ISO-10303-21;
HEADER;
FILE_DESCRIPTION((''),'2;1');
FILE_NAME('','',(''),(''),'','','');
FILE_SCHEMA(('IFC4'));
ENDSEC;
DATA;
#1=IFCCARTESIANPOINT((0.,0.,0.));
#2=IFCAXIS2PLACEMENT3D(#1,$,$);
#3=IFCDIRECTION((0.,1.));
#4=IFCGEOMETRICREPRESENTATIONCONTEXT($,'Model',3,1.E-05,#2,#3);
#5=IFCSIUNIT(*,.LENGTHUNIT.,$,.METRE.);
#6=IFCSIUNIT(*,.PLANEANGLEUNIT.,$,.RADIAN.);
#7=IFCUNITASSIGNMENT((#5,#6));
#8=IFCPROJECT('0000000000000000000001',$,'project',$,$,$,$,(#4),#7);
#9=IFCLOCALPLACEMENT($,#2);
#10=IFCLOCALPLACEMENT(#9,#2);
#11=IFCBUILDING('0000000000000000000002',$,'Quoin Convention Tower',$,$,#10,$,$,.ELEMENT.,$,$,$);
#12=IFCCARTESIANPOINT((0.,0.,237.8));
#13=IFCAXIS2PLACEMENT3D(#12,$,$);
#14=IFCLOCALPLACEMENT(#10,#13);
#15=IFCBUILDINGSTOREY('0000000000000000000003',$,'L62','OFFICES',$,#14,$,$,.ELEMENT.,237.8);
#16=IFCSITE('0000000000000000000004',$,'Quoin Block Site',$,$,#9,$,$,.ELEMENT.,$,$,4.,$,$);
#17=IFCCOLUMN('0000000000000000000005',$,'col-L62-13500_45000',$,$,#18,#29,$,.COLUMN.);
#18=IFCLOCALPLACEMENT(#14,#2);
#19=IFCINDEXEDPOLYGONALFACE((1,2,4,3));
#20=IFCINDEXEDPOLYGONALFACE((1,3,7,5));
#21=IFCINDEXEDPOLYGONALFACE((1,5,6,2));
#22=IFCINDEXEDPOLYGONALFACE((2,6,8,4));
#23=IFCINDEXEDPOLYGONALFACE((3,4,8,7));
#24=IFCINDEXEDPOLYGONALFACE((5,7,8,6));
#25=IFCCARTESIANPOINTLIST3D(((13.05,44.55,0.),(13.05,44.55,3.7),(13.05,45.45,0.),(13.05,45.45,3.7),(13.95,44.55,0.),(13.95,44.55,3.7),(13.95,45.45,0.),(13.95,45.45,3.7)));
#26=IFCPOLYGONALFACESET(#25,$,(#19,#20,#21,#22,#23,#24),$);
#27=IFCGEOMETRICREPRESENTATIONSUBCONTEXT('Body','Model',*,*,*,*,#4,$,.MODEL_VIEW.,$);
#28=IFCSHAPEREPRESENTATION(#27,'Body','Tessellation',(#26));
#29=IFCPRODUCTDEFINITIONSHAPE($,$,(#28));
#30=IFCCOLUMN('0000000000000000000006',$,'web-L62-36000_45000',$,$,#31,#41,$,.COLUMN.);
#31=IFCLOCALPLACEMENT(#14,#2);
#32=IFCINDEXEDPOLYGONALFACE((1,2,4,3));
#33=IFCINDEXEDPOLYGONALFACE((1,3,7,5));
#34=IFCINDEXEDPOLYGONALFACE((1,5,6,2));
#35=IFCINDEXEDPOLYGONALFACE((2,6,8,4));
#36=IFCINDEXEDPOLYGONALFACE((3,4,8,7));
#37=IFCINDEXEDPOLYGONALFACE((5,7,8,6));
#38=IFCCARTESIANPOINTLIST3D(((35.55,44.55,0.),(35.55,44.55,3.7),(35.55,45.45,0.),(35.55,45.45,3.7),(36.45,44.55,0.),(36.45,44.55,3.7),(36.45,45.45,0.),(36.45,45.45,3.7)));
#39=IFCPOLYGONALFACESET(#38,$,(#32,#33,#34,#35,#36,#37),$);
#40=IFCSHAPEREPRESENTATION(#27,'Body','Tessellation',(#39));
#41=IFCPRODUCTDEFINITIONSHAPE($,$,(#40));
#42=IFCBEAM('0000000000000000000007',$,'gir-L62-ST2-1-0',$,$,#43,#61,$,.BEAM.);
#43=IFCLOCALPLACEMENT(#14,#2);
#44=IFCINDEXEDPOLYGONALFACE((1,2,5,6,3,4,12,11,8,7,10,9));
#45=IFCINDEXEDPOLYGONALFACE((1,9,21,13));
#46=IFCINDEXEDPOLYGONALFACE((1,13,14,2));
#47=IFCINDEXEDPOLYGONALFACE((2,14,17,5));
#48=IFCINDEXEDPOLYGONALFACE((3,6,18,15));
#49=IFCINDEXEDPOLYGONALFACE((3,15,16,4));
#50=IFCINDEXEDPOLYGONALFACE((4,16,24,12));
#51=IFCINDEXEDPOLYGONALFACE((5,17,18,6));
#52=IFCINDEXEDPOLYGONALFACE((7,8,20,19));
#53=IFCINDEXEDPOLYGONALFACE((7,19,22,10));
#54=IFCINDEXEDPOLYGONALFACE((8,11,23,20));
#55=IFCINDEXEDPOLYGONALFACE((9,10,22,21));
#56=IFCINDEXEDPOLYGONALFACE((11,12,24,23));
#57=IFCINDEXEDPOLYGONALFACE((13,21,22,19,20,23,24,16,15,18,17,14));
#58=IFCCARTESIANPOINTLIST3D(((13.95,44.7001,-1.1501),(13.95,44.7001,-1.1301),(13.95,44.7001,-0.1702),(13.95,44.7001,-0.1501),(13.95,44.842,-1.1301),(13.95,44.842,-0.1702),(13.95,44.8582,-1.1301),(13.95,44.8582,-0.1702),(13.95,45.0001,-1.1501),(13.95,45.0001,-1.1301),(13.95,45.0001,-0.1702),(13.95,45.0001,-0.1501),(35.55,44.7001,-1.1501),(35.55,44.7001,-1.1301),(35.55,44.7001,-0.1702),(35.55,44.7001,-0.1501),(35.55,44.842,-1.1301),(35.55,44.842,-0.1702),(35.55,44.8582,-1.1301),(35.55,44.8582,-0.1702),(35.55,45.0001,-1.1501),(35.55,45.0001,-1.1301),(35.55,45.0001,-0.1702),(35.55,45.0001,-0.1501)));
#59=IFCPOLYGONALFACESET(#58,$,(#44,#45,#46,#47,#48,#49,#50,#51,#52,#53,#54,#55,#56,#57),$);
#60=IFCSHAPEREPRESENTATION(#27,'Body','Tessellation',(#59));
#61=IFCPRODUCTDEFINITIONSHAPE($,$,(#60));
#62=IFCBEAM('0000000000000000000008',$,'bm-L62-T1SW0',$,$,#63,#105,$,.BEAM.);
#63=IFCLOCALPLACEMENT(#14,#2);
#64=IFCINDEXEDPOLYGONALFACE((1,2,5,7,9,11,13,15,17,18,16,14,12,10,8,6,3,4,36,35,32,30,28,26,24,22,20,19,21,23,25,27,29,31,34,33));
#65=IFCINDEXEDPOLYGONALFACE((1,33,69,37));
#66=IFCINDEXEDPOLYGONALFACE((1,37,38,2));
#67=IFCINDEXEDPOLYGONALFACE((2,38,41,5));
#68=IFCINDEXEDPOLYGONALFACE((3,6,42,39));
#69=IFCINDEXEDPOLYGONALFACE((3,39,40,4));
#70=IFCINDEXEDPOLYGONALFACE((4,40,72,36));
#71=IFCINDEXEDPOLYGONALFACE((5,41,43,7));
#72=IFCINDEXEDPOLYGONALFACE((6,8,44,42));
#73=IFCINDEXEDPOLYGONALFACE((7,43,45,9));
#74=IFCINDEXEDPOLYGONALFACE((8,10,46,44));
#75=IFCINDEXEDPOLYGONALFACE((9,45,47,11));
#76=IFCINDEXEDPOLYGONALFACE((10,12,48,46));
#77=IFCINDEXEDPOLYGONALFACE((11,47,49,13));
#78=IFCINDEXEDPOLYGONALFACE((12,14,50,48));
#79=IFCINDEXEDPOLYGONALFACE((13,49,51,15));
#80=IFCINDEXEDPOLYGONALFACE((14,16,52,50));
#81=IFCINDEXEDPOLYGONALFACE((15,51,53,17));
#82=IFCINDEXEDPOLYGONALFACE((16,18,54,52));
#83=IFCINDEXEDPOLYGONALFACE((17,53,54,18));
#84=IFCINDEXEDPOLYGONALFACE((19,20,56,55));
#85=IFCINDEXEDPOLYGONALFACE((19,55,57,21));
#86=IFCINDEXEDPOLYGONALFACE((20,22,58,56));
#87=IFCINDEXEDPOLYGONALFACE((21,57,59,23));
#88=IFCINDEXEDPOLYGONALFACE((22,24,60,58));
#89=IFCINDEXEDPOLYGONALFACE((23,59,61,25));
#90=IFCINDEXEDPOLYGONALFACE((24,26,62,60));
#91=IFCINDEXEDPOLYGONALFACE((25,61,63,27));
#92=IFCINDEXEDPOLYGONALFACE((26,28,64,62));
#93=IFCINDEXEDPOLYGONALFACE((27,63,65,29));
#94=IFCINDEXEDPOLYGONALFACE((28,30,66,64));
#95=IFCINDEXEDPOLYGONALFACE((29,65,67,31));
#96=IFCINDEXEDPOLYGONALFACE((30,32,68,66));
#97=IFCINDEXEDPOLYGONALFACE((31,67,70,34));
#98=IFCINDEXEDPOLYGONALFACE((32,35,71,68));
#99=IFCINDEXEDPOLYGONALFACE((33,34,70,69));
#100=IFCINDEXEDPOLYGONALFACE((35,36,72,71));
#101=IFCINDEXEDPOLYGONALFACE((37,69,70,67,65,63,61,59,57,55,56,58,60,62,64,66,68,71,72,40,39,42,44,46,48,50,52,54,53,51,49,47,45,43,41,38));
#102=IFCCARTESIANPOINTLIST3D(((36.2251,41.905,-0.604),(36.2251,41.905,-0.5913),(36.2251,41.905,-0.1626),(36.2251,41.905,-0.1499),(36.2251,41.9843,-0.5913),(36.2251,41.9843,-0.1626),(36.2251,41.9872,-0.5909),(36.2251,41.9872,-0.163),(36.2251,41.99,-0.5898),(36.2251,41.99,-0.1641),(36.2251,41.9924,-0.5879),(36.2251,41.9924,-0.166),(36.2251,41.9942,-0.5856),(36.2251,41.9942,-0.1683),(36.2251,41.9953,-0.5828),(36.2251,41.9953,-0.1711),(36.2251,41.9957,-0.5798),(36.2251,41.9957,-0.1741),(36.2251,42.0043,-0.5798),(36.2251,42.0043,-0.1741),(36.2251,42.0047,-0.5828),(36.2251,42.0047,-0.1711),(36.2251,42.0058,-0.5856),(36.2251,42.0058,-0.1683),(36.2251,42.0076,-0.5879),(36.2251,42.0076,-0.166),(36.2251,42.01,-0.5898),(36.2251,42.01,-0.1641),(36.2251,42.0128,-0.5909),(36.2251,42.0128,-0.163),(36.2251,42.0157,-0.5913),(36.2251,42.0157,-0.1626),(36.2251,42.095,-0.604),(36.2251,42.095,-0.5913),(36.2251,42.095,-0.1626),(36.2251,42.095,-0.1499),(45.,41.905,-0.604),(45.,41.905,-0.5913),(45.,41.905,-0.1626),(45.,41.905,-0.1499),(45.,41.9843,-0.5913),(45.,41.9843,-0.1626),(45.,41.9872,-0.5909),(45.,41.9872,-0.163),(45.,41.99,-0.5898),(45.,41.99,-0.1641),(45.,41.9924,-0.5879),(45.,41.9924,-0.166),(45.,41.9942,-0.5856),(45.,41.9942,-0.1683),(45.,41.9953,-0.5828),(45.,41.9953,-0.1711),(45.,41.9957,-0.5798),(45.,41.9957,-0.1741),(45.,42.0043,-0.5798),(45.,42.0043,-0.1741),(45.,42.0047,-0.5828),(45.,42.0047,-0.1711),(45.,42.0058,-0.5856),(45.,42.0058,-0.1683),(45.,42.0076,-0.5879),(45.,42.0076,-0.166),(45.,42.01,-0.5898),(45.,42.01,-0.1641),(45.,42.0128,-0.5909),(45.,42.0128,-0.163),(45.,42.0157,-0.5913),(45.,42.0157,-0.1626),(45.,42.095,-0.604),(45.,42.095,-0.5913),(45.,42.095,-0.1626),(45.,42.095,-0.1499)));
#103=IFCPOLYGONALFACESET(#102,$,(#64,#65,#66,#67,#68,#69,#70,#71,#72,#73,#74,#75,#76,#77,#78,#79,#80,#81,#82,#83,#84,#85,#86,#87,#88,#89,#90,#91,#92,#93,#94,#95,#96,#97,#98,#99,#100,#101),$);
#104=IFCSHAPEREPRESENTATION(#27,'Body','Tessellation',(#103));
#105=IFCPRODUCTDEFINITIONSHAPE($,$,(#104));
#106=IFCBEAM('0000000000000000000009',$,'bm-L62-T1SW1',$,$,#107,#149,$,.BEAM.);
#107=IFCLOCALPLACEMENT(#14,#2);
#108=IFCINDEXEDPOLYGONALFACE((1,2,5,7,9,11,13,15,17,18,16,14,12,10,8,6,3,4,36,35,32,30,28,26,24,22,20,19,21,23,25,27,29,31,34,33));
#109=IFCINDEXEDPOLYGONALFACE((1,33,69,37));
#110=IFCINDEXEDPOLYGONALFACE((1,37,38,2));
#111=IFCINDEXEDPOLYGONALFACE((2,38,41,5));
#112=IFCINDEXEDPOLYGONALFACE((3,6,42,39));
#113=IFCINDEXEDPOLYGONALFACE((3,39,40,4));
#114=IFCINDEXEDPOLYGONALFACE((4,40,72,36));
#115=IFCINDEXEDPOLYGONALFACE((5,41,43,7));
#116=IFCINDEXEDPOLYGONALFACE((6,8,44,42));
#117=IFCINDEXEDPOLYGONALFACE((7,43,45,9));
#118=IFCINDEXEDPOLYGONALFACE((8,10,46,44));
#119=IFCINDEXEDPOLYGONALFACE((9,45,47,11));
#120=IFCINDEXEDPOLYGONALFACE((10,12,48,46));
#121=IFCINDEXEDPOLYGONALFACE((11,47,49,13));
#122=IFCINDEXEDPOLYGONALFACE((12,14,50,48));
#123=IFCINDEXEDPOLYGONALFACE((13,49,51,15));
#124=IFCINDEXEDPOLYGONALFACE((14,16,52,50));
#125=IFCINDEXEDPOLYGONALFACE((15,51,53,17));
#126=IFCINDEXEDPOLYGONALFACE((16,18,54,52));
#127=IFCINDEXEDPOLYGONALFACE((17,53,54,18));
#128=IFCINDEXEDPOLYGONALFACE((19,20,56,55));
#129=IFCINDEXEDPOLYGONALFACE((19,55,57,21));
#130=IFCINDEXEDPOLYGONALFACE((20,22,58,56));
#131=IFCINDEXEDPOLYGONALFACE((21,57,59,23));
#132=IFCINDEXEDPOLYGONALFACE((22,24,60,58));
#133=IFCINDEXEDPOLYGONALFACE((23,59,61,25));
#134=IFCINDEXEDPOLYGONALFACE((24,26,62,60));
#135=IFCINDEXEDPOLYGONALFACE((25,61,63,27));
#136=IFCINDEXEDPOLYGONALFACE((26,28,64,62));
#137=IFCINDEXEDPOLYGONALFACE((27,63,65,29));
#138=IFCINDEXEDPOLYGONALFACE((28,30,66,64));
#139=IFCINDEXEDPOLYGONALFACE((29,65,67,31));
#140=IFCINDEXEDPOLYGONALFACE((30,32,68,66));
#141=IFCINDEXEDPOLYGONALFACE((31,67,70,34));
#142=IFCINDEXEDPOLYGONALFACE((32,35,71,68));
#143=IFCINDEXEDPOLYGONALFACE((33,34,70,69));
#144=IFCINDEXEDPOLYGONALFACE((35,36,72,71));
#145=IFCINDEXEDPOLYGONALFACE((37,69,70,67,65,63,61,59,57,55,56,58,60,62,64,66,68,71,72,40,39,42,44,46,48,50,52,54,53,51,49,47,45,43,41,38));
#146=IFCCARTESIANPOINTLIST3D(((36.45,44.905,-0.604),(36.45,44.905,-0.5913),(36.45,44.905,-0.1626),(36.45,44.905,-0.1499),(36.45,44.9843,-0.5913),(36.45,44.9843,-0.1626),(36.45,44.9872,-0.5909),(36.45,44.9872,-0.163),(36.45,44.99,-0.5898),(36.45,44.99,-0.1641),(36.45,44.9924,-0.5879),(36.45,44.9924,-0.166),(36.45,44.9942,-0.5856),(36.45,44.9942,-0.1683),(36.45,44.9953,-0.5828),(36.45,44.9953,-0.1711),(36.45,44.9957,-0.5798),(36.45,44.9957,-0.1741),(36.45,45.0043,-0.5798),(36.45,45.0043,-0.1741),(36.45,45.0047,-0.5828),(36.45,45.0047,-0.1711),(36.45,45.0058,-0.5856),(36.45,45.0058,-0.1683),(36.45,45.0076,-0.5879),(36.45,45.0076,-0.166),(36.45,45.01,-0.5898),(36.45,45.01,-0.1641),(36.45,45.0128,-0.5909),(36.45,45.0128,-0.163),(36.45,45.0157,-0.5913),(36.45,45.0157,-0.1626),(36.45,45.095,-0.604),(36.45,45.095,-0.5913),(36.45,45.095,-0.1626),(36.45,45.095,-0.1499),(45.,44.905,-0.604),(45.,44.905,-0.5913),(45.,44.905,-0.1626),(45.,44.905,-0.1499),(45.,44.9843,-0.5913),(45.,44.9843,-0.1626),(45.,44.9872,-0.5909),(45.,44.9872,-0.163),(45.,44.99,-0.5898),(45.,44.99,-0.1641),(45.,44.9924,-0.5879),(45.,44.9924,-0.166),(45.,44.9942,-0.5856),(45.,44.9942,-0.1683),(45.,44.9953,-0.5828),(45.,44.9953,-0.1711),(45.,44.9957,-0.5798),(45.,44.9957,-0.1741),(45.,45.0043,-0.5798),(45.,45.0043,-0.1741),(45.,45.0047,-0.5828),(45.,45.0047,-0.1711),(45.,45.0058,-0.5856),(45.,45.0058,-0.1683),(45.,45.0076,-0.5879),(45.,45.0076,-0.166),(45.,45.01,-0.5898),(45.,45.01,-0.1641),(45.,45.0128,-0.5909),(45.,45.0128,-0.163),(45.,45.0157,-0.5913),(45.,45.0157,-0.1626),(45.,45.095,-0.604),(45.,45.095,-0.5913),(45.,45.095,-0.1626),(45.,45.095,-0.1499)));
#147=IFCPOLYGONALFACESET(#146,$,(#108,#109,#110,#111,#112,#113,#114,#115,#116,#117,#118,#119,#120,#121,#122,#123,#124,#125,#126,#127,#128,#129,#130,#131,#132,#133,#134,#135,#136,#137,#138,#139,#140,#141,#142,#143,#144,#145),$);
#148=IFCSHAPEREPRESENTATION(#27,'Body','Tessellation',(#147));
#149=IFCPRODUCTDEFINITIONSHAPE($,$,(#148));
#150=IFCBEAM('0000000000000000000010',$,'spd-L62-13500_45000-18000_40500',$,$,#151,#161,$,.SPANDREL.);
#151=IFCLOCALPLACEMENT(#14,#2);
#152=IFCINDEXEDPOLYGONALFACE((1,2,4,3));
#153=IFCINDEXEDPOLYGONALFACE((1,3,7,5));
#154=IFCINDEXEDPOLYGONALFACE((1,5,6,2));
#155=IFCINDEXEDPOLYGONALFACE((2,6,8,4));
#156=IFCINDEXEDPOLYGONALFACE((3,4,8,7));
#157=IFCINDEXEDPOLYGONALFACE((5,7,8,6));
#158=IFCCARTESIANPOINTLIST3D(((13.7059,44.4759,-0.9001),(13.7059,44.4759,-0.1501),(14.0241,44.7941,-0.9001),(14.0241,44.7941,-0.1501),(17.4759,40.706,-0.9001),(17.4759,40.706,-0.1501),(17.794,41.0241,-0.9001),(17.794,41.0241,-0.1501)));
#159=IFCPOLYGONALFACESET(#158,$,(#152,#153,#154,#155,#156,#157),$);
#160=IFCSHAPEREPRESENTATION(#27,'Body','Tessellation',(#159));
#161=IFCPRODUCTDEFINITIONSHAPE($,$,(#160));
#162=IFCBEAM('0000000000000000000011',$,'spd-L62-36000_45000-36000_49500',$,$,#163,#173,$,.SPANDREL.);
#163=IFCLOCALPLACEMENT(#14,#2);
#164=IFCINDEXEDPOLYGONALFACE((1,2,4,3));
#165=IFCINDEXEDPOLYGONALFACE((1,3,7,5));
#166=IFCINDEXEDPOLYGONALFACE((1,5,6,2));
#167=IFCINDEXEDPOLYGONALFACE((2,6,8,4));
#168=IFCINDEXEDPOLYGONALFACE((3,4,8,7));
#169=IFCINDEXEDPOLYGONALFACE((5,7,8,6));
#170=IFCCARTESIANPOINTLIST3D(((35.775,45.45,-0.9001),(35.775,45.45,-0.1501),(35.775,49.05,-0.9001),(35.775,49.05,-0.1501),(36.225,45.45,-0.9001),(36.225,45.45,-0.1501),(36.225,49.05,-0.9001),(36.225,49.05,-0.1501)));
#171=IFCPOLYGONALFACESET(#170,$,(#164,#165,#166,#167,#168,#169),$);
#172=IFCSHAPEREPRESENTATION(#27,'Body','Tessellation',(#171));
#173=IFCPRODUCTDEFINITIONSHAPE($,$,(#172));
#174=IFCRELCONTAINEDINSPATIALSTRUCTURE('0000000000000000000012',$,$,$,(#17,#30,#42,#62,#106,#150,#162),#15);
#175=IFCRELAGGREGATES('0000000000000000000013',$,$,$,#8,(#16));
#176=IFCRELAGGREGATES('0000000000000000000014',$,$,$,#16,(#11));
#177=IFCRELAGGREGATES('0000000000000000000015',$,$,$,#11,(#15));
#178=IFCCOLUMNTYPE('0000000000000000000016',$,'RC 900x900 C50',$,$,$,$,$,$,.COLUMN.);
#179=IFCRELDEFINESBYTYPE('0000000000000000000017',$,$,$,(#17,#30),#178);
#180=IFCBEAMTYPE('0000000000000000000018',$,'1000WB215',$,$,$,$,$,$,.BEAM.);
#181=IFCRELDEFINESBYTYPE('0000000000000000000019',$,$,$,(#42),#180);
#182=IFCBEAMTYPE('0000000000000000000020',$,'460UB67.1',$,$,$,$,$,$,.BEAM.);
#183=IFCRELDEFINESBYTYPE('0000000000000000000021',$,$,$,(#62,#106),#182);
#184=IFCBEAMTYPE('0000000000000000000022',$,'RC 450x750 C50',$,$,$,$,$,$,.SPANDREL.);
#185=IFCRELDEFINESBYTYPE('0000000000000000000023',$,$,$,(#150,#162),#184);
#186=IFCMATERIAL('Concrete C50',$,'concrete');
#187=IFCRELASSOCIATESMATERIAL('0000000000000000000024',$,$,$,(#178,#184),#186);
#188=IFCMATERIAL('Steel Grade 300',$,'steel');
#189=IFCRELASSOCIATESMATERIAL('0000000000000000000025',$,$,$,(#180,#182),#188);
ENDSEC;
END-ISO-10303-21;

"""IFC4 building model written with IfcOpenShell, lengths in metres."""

from ifc_helpers import new_model, si_unit, direction, frame, origin, origin_2d, place, context, subcontext, project, spatial, rectangle, i_section, extrude, material, material_profile, profile_set, type_object, element, save


model = new_model("IFC4")

# Units and contexts
model_context = context("Model", 3, precision=1e-05, world=origin(), true_north=direction((0.0, 1.0)))
body_context = subcontext(model_context, "Body", "Model", "MODEL_VIEW")
ifc_project = project(units=[si_unit("LENGTHUNIT", "METRE"), si_unit("PLANEANGLEUNIT", "RADIAN")], contexts=[model_context])

# Site, building, storey
site_placement = place(None, origin())
site = spatial("IfcSite", under=ifc_project, at=site_placement, Name="Quoin Block Site", CompositionType="ELEMENT", RefElevation=4.0)
building_placement = place(site_placement, origin())
building = spatial("IfcBuilding", under=site, at=building_placement, Name="Quoin Convention Tower", CompositionType="ELEMENT")
storey_placement = place(building_placement, frame((0.0, 0.0, 237.8)))
storey = spatial("IfcBuildingStorey", under=building, at=storey_placement, Name="L62", Description="OFFICES", CompositionType="ELEMENT", Elevation=237.8)

# Columns
ifc_material_1 = material(Name="Concrete C50", Category="concrete")
ifc_material_profile_1 = material_profile(ifc_material_1, rectangle(XDim=0.8999, YDim=0.8999, at=origin_2d()), Name="RC 900x900")
ifc_profile_set_1 = profile_set([ifc_material_profile_1], Name="Concrete C50")
column_type = type_object("IfcColumnType", Name="RC 900x900 C50", PredefinedType="COLUMN", material=ifc_profile_set_1)
for number, where, z_axis, x_axis, name in (
    (1, (13.5, 45.0, 0.0), (0.0, 0.0, 1.0), (1.0, 0.0, 0.0), "col-L62-13500_45000"),
    (2, (36.0, 45.0, 0.0), (0.0, 0.0, 1.0), (1.0, 0.0, 0.0), "web-L62-36000_45000"),
):
    element("IfcColumn", number, at=place(storey_placement, frame(where, z_axis=z_axis, x_axis=x_axis)), inside=storey, type_object=column_type, Name=name, PredefinedType="COLUMN", context=body_context, shape_type="SweptSolid", body=[
        extrude(rectangle(XDim=0.8999, YDim=0.8999, at=origin_2d()), origin(), (0.0, 0.0, 1.0), 3.7),
    ])

# Beams
ifc_material_2 = material(Name="Steel Grade 300", Category="steel")
ifc_material_profile_2 = material_profile(ifc_material_2, i_section(OverallWidth=0.3, OverallDepth=1.0, WebThickness=0.0161, FlangeThickness=0.02, at=origin_2d()), Name="1000WB215")
ifc_profile_set_2 = profile_set([ifc_material_profile_2], Name="Steel Grade 300")
beam_type_1 = type_object("IfcBeamType", Name="1000WB215", PredefinedType="BEAM", material=ifc_profile_set_2)
beam_1_placement = place(storey_placement, frame((13.95, 44.8501, -0.6501), z_axis=(1.0, 0.0, 0.0), x_axis=(0.0, 1.0, 0.0)))
element("IfcBeam", 3, at=beam_1_placement, inside=storey, type_object=beam_type_1, Name="gir-L62-ST2-1-0", PredefinedType="BEAM", context=body_context, shape_type="SweptSolid", body=[
    extrude(i_section(OverallWidth=0.3, OverallDepth=1.0, WebThickness=0.0161, FlangeThickness=0.02, at=origin_2d()), origin(), (0.0, 0.0, 1.0), 21.6001),
])
ifc_material_profile_3 = material_profile(ifc_material_2, i_section(OverallWidth=0.1899, OverallDepth=0.4541, WebThickness=0.0085, FlangeThickness=0.0127, FilletRadius=0.0115, at=origin_2d()), Name="460UB67.1")
ifc_profile_set_3 = profile_set([ifc_material_profile_3], Name="Steel Grade 300")
beam_type_2 = type_object("IfcBeamType", Name="460UB67.1", PredefinedType="BEAM", material=ifc_profile_set_3)
beam_2_placement = place(storey_placement, frame((36.2251, 42.0, -0.377), z_axis=(1.0, 0.0, 0.0), x_axis=(0.0, 1.0, 0.0)))
element("IfcBeam", 4, at=beam_2_placement, inside=storey, type_object=beam_type_2, Name="bm-L62-T1SW0", PredefinedType="BEAM", context=body_context, shape_type="SweptSolid", body=[
    extrude(i_section(OverallWidth=0.1899, OverallDepth=0.4541, WebThickness=0.0085, FlangeThickness=0.0127, FilletRadius=0.0115, at=origin_2d()), origin(), (0.0, 0.0, 1.0), 8.7749),
])
beam_3_placement = place(storey_placement, frame((36.45, 45.0, -0.377), z_axis=(1.0, 0.0, 0.0), x_axis=(0.0, 1.0, 0.0)))
element("IfcBeam", 5, at=beam_3_placement, inside=storey, type_object=beam_type_2, Name="bm-L62-T1SW1", PredefinedType="BEAM", context=body_context, shape_type="SweptSolid", body=[
    extrude(i_section(OverallWidth=0.1899, OverallDepth=0.4541, WebThickness=0.0085, FlangeThickness=0.0127, FilletRadius=0.0115, at=origin_2d()), origin(), (0.0, 0.0, 1.0), 8.55),
])
ifc_material_profile_4 = material_profile(ifc_material_1, rectangle(XDim=0.45, YDim=0.75, at=origin_2d()), Name="RC 450x750")
ifc_profile_set_4 = profile_set([ifc_material_profile_4], Name="Concrete C50")
beam_type_3 = type_object("IfcBeamType", Name="RC 450x750 C50", PredefinedType="SPANDREL", material=ifc_profile_set_4)
beam_4_placement = place(storey_placement, frame((13.865, 44.635, -0.5251), z_axis=(0.707107, -0.707107, 0.0), x_axis=(0.707107, 0.707107, 0.0)))
element("IfcBeam", 6, at=beam_4_placement, inside=storey, type_object=beam_type_3, Name="spd-L62-13500_45000-18000_40500", PredefinedType="SPANDREL", context=body_context, shape_type="SweptSolid", body=[
    extrude(rectangle(XDim=0.45, YDim=0.75, at=origin_2d()), origin(), (0.0, 0.0, 1.0), 5.3315),
])
beam_5_placement = place(storey_placement, frame((36.0, 45.45, -0.5251), z_axis=(0.0, 1.0, 0.0), x_axis=(-1.0, 0.0, 0.0)))
element("IfcBeam", 7, at=beam_5_placement, inside=storey, type_object=beam_type_3, Name="spd-L62-36000_45000-36000_49500", PredefinedType="SPANDREL", context=body_context, shape_type="SweptSolid", body=[
    extrude(rectangle(XDim=0.45, YDim=0.75, at=origin_2d()), origin(), (0.0, 0.0, 1.0), 3.6001),
])

save(model, "model.ifc")
